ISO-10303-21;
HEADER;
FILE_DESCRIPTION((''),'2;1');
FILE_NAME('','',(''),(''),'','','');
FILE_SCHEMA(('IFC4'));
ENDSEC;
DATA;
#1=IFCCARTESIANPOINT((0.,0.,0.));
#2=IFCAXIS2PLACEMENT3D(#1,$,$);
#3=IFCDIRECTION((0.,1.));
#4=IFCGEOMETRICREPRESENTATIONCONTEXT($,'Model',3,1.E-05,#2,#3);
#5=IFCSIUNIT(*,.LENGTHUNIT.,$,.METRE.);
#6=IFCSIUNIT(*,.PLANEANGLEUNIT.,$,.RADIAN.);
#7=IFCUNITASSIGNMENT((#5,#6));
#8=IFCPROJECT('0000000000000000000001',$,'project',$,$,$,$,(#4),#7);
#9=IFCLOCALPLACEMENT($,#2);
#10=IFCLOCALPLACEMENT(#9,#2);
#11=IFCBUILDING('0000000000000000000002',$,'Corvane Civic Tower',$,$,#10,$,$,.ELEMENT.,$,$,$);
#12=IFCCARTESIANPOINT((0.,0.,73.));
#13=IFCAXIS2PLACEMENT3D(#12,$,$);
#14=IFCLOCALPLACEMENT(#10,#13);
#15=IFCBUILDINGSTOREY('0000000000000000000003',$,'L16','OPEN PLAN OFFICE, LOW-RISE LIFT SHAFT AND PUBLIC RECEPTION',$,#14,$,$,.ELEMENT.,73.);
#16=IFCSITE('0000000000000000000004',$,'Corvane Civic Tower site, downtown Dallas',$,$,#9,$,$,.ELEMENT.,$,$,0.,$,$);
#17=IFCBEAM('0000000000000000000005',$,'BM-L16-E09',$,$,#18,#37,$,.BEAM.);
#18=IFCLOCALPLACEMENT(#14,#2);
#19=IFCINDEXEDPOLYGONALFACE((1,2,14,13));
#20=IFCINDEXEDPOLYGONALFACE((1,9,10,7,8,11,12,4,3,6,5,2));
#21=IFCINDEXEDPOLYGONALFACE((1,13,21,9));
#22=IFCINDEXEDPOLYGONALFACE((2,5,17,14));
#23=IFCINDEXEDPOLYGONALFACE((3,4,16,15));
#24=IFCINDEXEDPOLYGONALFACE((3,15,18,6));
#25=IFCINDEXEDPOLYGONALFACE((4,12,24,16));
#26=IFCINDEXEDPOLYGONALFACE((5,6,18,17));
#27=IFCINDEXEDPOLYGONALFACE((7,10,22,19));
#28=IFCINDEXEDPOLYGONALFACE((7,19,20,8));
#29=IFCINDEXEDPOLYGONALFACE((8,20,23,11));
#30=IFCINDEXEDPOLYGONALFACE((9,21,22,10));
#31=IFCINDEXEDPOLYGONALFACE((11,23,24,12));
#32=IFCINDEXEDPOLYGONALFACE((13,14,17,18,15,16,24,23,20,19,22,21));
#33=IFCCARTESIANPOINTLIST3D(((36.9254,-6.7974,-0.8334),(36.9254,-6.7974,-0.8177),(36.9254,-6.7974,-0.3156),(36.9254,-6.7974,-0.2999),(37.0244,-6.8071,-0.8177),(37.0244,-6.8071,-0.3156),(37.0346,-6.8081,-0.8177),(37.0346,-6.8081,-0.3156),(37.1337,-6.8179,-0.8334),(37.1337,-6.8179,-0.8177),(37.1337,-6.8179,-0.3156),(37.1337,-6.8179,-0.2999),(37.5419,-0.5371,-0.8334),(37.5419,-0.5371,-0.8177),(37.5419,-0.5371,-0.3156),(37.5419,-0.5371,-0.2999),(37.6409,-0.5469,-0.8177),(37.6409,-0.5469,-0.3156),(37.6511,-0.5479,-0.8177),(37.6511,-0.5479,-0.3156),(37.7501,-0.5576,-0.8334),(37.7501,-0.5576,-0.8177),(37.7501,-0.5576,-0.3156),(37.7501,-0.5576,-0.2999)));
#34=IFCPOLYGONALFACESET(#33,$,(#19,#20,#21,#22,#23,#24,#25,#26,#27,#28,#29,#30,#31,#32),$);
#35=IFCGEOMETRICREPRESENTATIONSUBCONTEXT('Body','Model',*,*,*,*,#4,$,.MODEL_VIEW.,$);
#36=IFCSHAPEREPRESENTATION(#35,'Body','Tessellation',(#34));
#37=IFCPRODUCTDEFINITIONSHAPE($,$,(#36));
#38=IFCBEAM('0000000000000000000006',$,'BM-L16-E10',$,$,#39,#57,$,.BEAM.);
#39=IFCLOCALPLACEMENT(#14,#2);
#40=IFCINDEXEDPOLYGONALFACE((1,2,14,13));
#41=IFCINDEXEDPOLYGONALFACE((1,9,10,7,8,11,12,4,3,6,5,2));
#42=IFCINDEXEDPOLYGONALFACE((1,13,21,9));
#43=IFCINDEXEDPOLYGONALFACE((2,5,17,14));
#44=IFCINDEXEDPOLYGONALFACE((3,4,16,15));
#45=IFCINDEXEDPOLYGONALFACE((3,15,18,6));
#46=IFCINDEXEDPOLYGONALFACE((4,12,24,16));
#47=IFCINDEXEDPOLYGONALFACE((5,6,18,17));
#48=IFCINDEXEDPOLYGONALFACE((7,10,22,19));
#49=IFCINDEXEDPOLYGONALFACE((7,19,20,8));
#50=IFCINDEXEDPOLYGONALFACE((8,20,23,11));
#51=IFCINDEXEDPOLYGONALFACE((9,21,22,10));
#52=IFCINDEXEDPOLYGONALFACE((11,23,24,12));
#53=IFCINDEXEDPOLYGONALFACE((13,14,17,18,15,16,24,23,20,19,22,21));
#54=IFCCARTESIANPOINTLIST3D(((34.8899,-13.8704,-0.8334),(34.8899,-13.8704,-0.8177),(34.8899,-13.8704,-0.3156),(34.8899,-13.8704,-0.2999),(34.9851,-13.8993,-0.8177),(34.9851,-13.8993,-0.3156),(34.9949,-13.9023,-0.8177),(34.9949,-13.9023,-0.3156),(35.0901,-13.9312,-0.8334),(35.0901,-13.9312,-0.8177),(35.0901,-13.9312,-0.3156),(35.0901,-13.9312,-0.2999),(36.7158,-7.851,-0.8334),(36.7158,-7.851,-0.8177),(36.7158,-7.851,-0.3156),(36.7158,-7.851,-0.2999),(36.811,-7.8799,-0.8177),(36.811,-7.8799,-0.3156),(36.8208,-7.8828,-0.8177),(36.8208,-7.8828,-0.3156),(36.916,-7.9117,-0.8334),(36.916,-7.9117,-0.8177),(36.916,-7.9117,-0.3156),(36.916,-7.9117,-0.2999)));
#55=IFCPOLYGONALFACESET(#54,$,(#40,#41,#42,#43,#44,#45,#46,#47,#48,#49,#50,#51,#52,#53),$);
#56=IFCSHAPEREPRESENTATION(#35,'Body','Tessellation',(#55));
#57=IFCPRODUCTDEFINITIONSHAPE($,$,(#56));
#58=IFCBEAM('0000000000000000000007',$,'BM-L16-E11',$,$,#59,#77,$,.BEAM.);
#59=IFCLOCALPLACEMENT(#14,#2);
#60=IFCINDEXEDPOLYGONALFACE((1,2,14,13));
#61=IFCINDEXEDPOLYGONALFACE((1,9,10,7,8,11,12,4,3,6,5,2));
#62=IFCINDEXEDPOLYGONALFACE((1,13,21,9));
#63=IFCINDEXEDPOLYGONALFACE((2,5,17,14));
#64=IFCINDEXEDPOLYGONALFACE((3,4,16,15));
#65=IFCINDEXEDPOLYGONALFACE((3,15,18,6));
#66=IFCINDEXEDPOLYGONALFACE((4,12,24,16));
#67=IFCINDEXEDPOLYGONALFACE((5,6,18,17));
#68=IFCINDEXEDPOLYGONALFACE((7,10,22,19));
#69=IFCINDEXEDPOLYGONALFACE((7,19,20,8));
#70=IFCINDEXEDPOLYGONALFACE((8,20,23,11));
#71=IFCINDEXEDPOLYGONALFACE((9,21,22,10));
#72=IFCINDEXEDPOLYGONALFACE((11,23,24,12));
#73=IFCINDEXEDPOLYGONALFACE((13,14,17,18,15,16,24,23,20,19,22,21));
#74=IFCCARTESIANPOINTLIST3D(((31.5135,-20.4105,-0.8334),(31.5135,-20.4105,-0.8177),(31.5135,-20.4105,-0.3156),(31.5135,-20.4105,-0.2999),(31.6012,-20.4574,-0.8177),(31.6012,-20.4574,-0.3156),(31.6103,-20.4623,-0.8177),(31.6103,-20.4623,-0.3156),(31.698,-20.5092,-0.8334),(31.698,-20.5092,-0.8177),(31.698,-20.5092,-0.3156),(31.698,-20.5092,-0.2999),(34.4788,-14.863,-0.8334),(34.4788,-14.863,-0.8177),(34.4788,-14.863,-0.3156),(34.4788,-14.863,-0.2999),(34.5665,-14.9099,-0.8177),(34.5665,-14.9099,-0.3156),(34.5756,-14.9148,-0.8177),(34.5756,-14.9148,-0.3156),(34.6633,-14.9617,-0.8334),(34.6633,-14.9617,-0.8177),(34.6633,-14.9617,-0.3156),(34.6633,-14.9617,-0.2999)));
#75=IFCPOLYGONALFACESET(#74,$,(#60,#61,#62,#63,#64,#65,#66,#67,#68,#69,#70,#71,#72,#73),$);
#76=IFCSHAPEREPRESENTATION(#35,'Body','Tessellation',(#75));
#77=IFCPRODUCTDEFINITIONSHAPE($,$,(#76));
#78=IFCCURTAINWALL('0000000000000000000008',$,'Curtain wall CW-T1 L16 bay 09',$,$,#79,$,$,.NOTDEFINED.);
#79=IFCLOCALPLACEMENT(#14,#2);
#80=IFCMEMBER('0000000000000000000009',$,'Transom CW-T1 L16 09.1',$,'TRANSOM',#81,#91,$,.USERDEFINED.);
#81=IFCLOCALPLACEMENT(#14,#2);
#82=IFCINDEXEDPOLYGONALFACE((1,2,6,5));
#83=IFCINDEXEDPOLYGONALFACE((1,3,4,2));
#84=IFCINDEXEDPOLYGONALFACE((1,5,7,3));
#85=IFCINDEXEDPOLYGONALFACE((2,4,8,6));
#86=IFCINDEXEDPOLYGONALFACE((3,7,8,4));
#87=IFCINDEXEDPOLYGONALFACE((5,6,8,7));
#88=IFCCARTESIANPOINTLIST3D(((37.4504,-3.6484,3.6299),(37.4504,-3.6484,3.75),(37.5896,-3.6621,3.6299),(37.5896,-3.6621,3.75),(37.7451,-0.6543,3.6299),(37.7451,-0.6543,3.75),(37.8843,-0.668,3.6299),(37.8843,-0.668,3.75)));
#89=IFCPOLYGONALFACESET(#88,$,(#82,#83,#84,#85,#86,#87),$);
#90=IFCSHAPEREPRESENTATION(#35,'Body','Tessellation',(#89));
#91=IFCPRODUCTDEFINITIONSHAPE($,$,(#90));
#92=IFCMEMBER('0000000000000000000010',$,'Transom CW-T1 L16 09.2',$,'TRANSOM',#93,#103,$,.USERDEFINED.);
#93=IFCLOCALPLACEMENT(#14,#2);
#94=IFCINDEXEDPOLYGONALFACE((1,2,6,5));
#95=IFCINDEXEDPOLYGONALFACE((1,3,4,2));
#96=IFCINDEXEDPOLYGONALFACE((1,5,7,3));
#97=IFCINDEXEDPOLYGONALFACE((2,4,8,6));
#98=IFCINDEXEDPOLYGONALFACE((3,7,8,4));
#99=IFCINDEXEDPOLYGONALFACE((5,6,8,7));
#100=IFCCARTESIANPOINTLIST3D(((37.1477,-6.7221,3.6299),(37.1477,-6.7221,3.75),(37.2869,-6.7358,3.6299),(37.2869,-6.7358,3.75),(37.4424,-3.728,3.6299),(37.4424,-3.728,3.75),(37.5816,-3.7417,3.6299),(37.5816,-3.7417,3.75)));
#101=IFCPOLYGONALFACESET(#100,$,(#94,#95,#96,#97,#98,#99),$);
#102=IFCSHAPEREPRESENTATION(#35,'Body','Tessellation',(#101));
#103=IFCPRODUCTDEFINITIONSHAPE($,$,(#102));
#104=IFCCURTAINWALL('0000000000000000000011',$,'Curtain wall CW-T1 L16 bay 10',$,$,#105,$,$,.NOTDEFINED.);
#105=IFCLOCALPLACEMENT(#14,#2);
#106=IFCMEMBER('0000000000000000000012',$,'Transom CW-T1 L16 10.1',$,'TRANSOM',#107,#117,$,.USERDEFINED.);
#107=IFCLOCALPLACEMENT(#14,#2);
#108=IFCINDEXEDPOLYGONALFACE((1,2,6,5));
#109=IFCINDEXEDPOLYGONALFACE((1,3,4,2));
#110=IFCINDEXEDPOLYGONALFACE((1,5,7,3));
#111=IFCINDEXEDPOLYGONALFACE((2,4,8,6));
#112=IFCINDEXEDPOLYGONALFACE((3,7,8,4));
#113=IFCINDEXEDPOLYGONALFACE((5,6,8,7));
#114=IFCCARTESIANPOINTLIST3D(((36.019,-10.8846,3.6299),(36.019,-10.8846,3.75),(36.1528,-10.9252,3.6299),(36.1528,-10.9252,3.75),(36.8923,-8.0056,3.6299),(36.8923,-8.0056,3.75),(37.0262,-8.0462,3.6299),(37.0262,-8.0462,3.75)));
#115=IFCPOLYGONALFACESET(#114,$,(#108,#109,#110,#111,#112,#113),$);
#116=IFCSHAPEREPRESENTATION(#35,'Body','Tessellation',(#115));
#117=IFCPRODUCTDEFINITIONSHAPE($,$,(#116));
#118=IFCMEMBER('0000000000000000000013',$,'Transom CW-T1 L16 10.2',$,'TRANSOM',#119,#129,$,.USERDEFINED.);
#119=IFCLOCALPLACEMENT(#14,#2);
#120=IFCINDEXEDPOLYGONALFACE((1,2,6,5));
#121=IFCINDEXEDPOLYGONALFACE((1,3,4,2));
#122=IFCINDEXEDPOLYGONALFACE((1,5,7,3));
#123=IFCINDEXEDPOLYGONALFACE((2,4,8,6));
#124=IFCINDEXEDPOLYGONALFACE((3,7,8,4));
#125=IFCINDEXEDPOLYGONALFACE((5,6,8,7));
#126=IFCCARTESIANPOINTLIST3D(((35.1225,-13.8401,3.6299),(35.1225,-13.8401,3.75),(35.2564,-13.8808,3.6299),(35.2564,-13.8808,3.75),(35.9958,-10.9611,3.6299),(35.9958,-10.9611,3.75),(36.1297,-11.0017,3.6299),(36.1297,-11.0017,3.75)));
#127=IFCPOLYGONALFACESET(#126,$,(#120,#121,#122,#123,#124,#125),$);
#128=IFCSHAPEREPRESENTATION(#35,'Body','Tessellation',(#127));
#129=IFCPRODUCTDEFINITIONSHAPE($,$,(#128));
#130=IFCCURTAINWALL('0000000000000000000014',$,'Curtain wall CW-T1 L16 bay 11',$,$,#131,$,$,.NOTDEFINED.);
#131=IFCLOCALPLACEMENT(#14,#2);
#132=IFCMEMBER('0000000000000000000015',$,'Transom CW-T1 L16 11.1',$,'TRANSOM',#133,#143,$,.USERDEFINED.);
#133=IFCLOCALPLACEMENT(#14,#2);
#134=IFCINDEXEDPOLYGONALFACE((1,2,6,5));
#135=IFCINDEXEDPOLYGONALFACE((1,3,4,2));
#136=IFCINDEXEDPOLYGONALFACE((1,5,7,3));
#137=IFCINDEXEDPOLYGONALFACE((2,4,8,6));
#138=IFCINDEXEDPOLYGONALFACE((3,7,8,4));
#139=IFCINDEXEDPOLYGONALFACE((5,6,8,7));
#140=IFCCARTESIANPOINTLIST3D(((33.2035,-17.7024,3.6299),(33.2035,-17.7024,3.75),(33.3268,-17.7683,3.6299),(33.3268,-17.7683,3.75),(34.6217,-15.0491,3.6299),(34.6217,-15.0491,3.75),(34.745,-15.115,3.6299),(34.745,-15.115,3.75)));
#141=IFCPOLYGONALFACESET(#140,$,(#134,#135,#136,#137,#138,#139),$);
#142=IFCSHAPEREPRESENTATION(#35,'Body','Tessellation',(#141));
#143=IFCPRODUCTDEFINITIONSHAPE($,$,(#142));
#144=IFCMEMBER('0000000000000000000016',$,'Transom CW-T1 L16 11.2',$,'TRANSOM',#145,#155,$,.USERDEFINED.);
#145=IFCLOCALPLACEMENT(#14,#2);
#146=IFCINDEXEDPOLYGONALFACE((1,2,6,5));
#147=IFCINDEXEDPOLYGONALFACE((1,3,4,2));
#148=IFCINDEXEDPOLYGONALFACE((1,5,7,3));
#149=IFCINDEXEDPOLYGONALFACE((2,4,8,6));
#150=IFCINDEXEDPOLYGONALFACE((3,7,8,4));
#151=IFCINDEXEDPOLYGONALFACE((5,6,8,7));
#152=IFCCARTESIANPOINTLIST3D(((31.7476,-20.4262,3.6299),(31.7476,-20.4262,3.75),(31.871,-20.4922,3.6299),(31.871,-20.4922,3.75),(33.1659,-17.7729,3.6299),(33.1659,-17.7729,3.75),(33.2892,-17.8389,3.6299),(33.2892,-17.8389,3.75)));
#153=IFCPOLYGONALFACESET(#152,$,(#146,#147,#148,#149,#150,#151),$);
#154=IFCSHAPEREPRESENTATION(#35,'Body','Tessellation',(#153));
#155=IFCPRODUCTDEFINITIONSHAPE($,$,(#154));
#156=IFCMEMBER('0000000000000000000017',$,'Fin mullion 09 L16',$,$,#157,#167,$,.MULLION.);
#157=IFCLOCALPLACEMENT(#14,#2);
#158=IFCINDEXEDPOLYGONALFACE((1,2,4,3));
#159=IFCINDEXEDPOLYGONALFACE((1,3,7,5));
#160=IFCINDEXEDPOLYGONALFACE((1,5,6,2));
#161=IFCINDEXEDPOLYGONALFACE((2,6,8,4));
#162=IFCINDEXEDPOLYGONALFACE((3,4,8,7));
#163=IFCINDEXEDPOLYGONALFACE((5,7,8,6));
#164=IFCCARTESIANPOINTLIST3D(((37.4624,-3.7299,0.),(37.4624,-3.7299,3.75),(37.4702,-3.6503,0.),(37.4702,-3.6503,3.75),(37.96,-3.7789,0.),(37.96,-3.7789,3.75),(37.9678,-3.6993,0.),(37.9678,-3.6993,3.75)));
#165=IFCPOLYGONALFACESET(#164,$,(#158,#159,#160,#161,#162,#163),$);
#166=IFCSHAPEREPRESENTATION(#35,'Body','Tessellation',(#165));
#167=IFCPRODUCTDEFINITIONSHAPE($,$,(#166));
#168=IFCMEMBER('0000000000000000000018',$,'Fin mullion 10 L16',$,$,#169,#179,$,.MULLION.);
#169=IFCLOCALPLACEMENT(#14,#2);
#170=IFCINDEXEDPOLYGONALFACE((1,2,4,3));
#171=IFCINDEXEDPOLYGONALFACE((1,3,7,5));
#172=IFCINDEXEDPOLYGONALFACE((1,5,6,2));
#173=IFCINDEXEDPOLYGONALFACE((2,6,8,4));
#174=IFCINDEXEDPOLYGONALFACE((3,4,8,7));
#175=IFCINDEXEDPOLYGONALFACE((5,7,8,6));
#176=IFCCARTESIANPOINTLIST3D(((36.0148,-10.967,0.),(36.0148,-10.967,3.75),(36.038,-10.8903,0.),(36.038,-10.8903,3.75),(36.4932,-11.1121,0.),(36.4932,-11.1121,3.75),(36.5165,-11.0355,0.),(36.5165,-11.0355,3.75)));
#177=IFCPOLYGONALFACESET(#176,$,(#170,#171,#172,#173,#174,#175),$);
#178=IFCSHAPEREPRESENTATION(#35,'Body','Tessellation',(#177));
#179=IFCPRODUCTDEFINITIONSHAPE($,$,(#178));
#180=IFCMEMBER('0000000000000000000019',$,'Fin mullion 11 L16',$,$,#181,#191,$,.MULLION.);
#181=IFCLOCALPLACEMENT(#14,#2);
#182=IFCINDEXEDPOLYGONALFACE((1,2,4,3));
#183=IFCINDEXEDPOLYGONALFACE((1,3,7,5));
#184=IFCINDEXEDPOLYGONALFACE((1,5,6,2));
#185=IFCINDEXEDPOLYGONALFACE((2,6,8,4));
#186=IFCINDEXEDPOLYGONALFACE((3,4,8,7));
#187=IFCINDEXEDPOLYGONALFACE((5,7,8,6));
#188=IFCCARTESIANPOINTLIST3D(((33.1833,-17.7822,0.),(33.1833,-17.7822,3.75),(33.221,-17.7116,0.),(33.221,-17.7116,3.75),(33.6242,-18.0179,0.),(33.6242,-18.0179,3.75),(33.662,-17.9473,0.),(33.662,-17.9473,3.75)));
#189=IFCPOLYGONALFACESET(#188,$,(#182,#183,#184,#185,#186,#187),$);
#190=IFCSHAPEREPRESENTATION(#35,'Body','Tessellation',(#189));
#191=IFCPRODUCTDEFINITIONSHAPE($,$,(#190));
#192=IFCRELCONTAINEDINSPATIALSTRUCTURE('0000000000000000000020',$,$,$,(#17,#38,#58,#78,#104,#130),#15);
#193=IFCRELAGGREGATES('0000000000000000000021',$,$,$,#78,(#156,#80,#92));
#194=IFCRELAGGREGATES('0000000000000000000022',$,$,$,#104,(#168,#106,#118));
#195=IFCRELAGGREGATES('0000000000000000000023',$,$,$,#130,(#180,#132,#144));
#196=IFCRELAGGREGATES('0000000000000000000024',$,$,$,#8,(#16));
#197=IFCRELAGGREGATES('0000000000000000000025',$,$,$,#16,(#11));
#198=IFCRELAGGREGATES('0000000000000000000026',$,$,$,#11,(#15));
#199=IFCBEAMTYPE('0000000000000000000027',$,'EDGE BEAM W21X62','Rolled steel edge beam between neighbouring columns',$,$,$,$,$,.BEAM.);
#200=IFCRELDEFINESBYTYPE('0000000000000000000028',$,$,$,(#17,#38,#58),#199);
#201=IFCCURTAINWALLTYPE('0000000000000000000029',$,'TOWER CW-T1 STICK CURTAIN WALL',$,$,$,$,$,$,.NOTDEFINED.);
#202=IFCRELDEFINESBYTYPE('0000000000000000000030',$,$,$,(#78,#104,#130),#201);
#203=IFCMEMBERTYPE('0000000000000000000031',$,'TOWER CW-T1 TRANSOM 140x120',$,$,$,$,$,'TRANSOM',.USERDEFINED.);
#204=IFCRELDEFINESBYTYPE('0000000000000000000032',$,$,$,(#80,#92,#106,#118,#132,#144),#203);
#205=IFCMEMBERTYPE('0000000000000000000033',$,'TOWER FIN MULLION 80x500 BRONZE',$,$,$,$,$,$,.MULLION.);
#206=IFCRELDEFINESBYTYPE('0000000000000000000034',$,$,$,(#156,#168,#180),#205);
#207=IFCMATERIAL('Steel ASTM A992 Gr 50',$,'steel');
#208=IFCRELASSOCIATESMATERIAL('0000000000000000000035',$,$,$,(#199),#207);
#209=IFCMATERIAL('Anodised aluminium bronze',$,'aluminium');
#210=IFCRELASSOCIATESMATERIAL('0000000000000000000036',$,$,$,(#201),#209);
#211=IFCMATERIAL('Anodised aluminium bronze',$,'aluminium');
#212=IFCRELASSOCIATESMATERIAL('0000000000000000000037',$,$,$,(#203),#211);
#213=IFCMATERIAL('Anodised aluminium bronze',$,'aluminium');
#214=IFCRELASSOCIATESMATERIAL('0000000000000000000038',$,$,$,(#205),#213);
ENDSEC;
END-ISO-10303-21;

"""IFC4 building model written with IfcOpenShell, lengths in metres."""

from ifc_helpers import new_model, si_unit, direction, frame, origin, origin_2d, place, context, subcontext, project, spatial, rectangle, i_section, extrude, material, material_profile, profile_set, type_object, element, aggregate, save


model = new_model("IFC4")

# Units and contexts
model_context = context("Model", 3, precision=1e-05, world=origin(), true_north=direction((0.0, 1.0)))
body_context = subcontext(model_context, "Body", "Model", "MODEL_VIEW")
ifc_project = project(units=[si_unit("LENGTHUNIT", "METRE"), si_unit("PLANEANGLEUNIT", "RADIAN")], contexts=[model_context])

# Site, building, storey
site_placement = place(None, origin())
site = spatial("IfcSite", under=ifc_project, at=site_placement, Name="Corvane Civic Tower site, downtown Dallas", CompositionType="ELEMENT", RefElevation=0.0)
building_placement = place(site_placement, origin())
building = spatial("IfcBuilding", under=site, at=building_placement, Name="Corvane Civic Tower", CompositionType="ELEMENT")
storey_placement = place(building_placement, frame((0.0, 0.0, 73.0)))
storey = spatial("IfcBuildingStorey", under=building, at=storey_placement, Name="L16", Description="OPEN PLAN OFFICE, LOW-RISE LIFT SHAFT AND PUBLIC RECEPTION", CompositionType="ELEMENT", Elevation=73.0)

# Beams
ifc_material_1 = material(Name="Steel ASTM A992 Gr 50", Category="steel")
ifc_material_profile_1 = material_profile(ifc_material_1, i_section(OverallWidth=0.2092, OverallDepth=0.5334, WebThickness=0.0103, FlangeThickness=0.0156, at=origin_2d()), Name="W21X62")
ifc_profile_set_1 = profile_set([ifc_material_profile_1], Name="Steel ASTM A992 Gr 50")
beam_type = type_object("IfcBeamType", Name="EDGE BEAM W21X62", Description="Rolled steel edge beam between neighbouring columns", PredefinedType="BEAM", material=ifc_profile_set_1)
beam_placement = place(storey_placement, frame((37.646, -0.5474, -0.5667), z_axis=(-0.097997, -0.995187, 0.0), x_axis=(0.995187, -0.097997, 0.0)))
element("IfcBeam", 1, at=beam_placement, inside=storey, type_object=beam_type, Name="BM-L16-E09", PredefinedType="BEAM", context=body_context, shape_type="SweptSolid", body=[
    extrude(i_section(OverallWidth=0.2092, OverallDepth=0.5334, WebThickness=0.0103, FlangeThickness=0.0156, at=origin_2d()), origin(), (0.0, 0.0, 1.0), 6.2905),
])
for number, where, z_axis, x_axis, name in (
    (2, (36.8159, -7.8813, -0.5667), (-0.290273, -0.956944, 0.0), (0.956944, -0.290273, 0.0), "BM-L16-E10"),
    (3, (34.571, -14.9124, -0.5667), (-0.471406, -0.881916, 0.0), (0.881916, -0.471406, 0.0), "BM-L16-E11"),
):
    element("IfcBeam", number, at=place(storey_placement, frame(where, z_axis=z_axis, x_axis=x_axis)), inside=storey, type_object=beam_type, Name=name, PredefinedType="BEAM", context=body_context, shape_type="SweptSolid", body=[
        extrude(i_section(OverallWidth=0.2092, OverallDepth=0.5334, WebThickness=0.0103, FlangeThickness=0.0156, at=origin_2d()), origin(), (0.0, 0.0, 1.0), 6.2903),
    ])

# Curtain walls, members
ifc_material_2 = material(Name="Anodised aluminium bronze", Category="aluminium")
curtain_wall_type = type_object("IfcCurtainWallType", Name="TOWER CW-T1 STICK CURTAIN WALL", PredefinedType="NOTDEFINED", material=ifc_material_2)
curtain_wall_1_placement = place(storey_placement, origin())
curtain_wall_1 = element("IfcCurtainWall", 4, at=curtain_wall_1_placement, inside=storey, type_object=curtain_wall_type, Name="Curtain wall CW-T1 L16 bay 09", PredefinedType="NOTDEFINED")
ifc_material_3 = material(Name="Anodised aluminium bronze", Category="aluminium")
ifc_material_profile_2 = material_profile(ifc_material_3, rectangle(XDim=0.1399, YDim=0.1201, at=origin_2d()), Name="TOWER CW-T1 TRANSOM 140x120")
ifc_profile_set_2 = profile_set([ifc_material_profile_2], Name="Anodised aluminium bronze")
member_type_1 = type_object("IfcMemberType", Name="TOWER CW-T1 TRANSOM 140x120", ElementType="TRANSOM", PredefinedType="USERDEFINED", material=ifc_profile_set_2)
member_1_placement = place(storey_placement, frame((37.8147, -0.6611, 3.6899), z_axis=(-0.097945, -0.995192, 0.0), x_axis=(0.995192, -0.097945, 0.0)))
member_1 = element("IfcMember", 5, at=member_1_placement, type_object=member_type_1, Name="Transom CW-T1 L16 09.1", ObjectType="TRANSOM", PredefinedType="USERDEFINED", context=body_context, shape_type="SweptSolid", body=[
    extrude(rectangle(XDim=0.1399, YDim=0.1201, at=origin_2d()), origin(), (0.0, 0.0, 1.0), 3.0085),
])
member_2_placement = place(storey_placement, frame((37.512, -3.7349, 3.6899), z_axis=(-0.097945, -0.995192, 0.0), x_axis=(0.995192, -0.097945, 0.0)))
member_2 = element("IfcMember", 6, at=member_2_placement, type_object=member_type_1, Name="Transom CW-T1 L16 09.2", ObjectType="TRANSOM", PredefinedType="USERDEFINED", context=body_context, shape_type="SweptSolid", body=[
    extrude(rectangle(XDim=0.1399, YDim=0.1201, at=origin_2d()), origin(), (0.0, 0.0, 1.0), 3.0085),
])
curtain_wall_2_placement = place(storey_placement, origin())
curtain_wall_2 = element("IfcCurtainWall", 7, at=curtain_wall_2_placement, inside=storey, type_object=curtain_wall_type, Name="Curtain wall CW-T1 L16 bay 10", PredefinedType="NOTDEFINED")
member_3_placement = place(storey_placement, frame((36.9592, -8.0259, 3.6899), z_axis=(-0.29028, -0.956942, 0.0), x_axis=(0.956942, -0.29028, 0.0)))
member_3 = element("IfcMember", 8, at=member_3_placement, type_object=member_type_1, Name="Transom CW-T1 L16 10.1", ObjectType="TRANSOM", PredefinedType="USERDEFINED", context=body_context, shape_type="SweptSolid", body=[
    extrude(rectangle(XDim=0.1399, YDim=0.1201, at=origin_2d()), origin(), (0.0, 0.0, 1.0), 3.0085),
])
member_4_placement = place(storey_placement, frame((36.0627, -10.9814, 3.6899), z_axis=(-0.29028, -0.956942, 0.0), x_axis=(0.956942, -0.29028, 0.0)))
member_4 = element("IfcMember", 9, at=member_4_placement, type_object=member_type_1, Name="Transom CW-T1 L16 10.2", ObjectType="TRANSOM", PredefinedType="USERDEFINED", context=body_context, shape_type="SweptSolid", body=[
    extrude(rectangle(XDim=0.1399, YDim=0.1201, at=origin_2d()), origin(), (0.0, 0.0, 1.0), 3.0085),
])
curtain_wall_3_placement = place(storey_placement, origin())
curtain_wall_3 = element("IfcCurtainWall", 10, at=curtain_wall_3_placement, inside=storey, type_object=curtain_wall_type, Name="Curtain wall CW-T1 L16 bay 11", PredefinedType="NOTDEFINED")
member_5_placement = place(storey_placement, frame((34.6833, -15.082, 3.6899), z_axis=(-0.471393, -0.881924, 0.0), x_axis=(0.881924, -0.471393, 0.0)))
member_5 = element("IfcMember", 11, at=member_5_placement, type_object=member_type_1, Name="Transom CW-T1 L16 11.1", ObjectType="TRANSOM", PredefinedType="USERDEFINED", context=body_context, shape_type="SweptSolid", body=[
    extrude(rectangle(XDim=0.1399, YDim=0.1201, at=origin_2d()), origin(), (0.0, 0.0, 1.0), 3.0085),
])
member_6_placement = place(storey_placement, frame((33.2275, -17.8059, 3.6899), z_axis=(-0.471393, -0.881924, 0.0), x_axis=(0.881924, -0.471393, 0.0)))
member_6 = element("IfcMember", 12, at=member_6_placement, type_object=member_type_1, Name="Transom CW-T1 L16 11.2", ObjectType="TRANSOM", PredefinedType="USERDEFINED", context=body_context, shape_type="SweptSolid", body=[
    extrude(rectangle(XDim=0.1399, YDim=0.1201, at=origin_2d()), origin(), (0.0, 0.0, 1.0), 3.0085),
])

# Members
ifc_material_4 = material(Name="Anodised aluminium bronze", Category="aluminium")
ifc_material_profile_3 = material_profile(ifc_material_4, rectangle(XDim=0.0801, YDim=0.5, at=origin_2d()), Name="TOWER FIN MULLION 80x500 BRONZE")
ifc_profile_set_3 = profile_set([ifc_material_profile_3], Name="Anodised aluminium bronze")
member_type_2 = type_object("IfcMemberType", Name="TOWER FIN MULLION 80x500 BRONZE", PredefinedType="MULLION", material=ifc_profile_set_3)
member_7_placement = place(storey_placement, frame((37.7151, -3.7146, 0.0), z_axis=(0.0, 0.0, 1.0), x_axis=(-0.098006, -0.995186, 0.0)))
member_7 = element("IfcMember", 13, at=member_7_placement, type_object=member_type_2, Name="Fin mullion 09 L16", PredefinedType="MULLION", context=body_context, shape_type="SweptSolid", body=[
    extrude(rectangle(XDim=0.0801, YDim=0.5, at=origin_2d()), origin(), (0.0, 0.0, 1.0), 3.75),
])
member_8_placement = place(storey_placement, frame((36.2656, -11.0012, 0.0), z_axis=(0.0, 0.0, 1.0), x_axis=(-0.290278, -0.956942, 0.0)))
member_8 = element("IfcMember", 14, at=member_8_placement, type_object=member_type_2, Name="Fin mullion 10 L16", PredefinedType="MULLION", context=body_context, shape_type="SweptSolid", body=[
    extrude(rectangle(XDim=0.0801, YDim=0.5, at=origin_2d()), origin(), (0.0, 0.0, 1.0), 3.75),
])
member_9_placement = place(storey_placement, frame((33.4226, -17.8647, 0.0), z_axis=(0.0, 0.0, 1.0), x_axis=(-0.471404, -0.881918, 0.0)))
member_9 = element("IfcMember", 15, at=member_9_placement, type_object=member_type_2, Name="Fin mullion 11 L16", PredefinedType="MULLION", context=body_context, shape_type="SweptSolid", body=[
    extrude(rectangle(XDim=0.0801, YDim=0.5, at=origin_2d()), origin(), (0.0, 0.0, 1.0), 3.75),
])

aggregate(curtain_wall_1, [member_7, member_1, member_2])
aggregate(curtain_wall_2, [member_8, member_3, member_4])
aggregate(curtain_wall_3, [member_9, member_5, member_6])

save(model, "model.ifc")
